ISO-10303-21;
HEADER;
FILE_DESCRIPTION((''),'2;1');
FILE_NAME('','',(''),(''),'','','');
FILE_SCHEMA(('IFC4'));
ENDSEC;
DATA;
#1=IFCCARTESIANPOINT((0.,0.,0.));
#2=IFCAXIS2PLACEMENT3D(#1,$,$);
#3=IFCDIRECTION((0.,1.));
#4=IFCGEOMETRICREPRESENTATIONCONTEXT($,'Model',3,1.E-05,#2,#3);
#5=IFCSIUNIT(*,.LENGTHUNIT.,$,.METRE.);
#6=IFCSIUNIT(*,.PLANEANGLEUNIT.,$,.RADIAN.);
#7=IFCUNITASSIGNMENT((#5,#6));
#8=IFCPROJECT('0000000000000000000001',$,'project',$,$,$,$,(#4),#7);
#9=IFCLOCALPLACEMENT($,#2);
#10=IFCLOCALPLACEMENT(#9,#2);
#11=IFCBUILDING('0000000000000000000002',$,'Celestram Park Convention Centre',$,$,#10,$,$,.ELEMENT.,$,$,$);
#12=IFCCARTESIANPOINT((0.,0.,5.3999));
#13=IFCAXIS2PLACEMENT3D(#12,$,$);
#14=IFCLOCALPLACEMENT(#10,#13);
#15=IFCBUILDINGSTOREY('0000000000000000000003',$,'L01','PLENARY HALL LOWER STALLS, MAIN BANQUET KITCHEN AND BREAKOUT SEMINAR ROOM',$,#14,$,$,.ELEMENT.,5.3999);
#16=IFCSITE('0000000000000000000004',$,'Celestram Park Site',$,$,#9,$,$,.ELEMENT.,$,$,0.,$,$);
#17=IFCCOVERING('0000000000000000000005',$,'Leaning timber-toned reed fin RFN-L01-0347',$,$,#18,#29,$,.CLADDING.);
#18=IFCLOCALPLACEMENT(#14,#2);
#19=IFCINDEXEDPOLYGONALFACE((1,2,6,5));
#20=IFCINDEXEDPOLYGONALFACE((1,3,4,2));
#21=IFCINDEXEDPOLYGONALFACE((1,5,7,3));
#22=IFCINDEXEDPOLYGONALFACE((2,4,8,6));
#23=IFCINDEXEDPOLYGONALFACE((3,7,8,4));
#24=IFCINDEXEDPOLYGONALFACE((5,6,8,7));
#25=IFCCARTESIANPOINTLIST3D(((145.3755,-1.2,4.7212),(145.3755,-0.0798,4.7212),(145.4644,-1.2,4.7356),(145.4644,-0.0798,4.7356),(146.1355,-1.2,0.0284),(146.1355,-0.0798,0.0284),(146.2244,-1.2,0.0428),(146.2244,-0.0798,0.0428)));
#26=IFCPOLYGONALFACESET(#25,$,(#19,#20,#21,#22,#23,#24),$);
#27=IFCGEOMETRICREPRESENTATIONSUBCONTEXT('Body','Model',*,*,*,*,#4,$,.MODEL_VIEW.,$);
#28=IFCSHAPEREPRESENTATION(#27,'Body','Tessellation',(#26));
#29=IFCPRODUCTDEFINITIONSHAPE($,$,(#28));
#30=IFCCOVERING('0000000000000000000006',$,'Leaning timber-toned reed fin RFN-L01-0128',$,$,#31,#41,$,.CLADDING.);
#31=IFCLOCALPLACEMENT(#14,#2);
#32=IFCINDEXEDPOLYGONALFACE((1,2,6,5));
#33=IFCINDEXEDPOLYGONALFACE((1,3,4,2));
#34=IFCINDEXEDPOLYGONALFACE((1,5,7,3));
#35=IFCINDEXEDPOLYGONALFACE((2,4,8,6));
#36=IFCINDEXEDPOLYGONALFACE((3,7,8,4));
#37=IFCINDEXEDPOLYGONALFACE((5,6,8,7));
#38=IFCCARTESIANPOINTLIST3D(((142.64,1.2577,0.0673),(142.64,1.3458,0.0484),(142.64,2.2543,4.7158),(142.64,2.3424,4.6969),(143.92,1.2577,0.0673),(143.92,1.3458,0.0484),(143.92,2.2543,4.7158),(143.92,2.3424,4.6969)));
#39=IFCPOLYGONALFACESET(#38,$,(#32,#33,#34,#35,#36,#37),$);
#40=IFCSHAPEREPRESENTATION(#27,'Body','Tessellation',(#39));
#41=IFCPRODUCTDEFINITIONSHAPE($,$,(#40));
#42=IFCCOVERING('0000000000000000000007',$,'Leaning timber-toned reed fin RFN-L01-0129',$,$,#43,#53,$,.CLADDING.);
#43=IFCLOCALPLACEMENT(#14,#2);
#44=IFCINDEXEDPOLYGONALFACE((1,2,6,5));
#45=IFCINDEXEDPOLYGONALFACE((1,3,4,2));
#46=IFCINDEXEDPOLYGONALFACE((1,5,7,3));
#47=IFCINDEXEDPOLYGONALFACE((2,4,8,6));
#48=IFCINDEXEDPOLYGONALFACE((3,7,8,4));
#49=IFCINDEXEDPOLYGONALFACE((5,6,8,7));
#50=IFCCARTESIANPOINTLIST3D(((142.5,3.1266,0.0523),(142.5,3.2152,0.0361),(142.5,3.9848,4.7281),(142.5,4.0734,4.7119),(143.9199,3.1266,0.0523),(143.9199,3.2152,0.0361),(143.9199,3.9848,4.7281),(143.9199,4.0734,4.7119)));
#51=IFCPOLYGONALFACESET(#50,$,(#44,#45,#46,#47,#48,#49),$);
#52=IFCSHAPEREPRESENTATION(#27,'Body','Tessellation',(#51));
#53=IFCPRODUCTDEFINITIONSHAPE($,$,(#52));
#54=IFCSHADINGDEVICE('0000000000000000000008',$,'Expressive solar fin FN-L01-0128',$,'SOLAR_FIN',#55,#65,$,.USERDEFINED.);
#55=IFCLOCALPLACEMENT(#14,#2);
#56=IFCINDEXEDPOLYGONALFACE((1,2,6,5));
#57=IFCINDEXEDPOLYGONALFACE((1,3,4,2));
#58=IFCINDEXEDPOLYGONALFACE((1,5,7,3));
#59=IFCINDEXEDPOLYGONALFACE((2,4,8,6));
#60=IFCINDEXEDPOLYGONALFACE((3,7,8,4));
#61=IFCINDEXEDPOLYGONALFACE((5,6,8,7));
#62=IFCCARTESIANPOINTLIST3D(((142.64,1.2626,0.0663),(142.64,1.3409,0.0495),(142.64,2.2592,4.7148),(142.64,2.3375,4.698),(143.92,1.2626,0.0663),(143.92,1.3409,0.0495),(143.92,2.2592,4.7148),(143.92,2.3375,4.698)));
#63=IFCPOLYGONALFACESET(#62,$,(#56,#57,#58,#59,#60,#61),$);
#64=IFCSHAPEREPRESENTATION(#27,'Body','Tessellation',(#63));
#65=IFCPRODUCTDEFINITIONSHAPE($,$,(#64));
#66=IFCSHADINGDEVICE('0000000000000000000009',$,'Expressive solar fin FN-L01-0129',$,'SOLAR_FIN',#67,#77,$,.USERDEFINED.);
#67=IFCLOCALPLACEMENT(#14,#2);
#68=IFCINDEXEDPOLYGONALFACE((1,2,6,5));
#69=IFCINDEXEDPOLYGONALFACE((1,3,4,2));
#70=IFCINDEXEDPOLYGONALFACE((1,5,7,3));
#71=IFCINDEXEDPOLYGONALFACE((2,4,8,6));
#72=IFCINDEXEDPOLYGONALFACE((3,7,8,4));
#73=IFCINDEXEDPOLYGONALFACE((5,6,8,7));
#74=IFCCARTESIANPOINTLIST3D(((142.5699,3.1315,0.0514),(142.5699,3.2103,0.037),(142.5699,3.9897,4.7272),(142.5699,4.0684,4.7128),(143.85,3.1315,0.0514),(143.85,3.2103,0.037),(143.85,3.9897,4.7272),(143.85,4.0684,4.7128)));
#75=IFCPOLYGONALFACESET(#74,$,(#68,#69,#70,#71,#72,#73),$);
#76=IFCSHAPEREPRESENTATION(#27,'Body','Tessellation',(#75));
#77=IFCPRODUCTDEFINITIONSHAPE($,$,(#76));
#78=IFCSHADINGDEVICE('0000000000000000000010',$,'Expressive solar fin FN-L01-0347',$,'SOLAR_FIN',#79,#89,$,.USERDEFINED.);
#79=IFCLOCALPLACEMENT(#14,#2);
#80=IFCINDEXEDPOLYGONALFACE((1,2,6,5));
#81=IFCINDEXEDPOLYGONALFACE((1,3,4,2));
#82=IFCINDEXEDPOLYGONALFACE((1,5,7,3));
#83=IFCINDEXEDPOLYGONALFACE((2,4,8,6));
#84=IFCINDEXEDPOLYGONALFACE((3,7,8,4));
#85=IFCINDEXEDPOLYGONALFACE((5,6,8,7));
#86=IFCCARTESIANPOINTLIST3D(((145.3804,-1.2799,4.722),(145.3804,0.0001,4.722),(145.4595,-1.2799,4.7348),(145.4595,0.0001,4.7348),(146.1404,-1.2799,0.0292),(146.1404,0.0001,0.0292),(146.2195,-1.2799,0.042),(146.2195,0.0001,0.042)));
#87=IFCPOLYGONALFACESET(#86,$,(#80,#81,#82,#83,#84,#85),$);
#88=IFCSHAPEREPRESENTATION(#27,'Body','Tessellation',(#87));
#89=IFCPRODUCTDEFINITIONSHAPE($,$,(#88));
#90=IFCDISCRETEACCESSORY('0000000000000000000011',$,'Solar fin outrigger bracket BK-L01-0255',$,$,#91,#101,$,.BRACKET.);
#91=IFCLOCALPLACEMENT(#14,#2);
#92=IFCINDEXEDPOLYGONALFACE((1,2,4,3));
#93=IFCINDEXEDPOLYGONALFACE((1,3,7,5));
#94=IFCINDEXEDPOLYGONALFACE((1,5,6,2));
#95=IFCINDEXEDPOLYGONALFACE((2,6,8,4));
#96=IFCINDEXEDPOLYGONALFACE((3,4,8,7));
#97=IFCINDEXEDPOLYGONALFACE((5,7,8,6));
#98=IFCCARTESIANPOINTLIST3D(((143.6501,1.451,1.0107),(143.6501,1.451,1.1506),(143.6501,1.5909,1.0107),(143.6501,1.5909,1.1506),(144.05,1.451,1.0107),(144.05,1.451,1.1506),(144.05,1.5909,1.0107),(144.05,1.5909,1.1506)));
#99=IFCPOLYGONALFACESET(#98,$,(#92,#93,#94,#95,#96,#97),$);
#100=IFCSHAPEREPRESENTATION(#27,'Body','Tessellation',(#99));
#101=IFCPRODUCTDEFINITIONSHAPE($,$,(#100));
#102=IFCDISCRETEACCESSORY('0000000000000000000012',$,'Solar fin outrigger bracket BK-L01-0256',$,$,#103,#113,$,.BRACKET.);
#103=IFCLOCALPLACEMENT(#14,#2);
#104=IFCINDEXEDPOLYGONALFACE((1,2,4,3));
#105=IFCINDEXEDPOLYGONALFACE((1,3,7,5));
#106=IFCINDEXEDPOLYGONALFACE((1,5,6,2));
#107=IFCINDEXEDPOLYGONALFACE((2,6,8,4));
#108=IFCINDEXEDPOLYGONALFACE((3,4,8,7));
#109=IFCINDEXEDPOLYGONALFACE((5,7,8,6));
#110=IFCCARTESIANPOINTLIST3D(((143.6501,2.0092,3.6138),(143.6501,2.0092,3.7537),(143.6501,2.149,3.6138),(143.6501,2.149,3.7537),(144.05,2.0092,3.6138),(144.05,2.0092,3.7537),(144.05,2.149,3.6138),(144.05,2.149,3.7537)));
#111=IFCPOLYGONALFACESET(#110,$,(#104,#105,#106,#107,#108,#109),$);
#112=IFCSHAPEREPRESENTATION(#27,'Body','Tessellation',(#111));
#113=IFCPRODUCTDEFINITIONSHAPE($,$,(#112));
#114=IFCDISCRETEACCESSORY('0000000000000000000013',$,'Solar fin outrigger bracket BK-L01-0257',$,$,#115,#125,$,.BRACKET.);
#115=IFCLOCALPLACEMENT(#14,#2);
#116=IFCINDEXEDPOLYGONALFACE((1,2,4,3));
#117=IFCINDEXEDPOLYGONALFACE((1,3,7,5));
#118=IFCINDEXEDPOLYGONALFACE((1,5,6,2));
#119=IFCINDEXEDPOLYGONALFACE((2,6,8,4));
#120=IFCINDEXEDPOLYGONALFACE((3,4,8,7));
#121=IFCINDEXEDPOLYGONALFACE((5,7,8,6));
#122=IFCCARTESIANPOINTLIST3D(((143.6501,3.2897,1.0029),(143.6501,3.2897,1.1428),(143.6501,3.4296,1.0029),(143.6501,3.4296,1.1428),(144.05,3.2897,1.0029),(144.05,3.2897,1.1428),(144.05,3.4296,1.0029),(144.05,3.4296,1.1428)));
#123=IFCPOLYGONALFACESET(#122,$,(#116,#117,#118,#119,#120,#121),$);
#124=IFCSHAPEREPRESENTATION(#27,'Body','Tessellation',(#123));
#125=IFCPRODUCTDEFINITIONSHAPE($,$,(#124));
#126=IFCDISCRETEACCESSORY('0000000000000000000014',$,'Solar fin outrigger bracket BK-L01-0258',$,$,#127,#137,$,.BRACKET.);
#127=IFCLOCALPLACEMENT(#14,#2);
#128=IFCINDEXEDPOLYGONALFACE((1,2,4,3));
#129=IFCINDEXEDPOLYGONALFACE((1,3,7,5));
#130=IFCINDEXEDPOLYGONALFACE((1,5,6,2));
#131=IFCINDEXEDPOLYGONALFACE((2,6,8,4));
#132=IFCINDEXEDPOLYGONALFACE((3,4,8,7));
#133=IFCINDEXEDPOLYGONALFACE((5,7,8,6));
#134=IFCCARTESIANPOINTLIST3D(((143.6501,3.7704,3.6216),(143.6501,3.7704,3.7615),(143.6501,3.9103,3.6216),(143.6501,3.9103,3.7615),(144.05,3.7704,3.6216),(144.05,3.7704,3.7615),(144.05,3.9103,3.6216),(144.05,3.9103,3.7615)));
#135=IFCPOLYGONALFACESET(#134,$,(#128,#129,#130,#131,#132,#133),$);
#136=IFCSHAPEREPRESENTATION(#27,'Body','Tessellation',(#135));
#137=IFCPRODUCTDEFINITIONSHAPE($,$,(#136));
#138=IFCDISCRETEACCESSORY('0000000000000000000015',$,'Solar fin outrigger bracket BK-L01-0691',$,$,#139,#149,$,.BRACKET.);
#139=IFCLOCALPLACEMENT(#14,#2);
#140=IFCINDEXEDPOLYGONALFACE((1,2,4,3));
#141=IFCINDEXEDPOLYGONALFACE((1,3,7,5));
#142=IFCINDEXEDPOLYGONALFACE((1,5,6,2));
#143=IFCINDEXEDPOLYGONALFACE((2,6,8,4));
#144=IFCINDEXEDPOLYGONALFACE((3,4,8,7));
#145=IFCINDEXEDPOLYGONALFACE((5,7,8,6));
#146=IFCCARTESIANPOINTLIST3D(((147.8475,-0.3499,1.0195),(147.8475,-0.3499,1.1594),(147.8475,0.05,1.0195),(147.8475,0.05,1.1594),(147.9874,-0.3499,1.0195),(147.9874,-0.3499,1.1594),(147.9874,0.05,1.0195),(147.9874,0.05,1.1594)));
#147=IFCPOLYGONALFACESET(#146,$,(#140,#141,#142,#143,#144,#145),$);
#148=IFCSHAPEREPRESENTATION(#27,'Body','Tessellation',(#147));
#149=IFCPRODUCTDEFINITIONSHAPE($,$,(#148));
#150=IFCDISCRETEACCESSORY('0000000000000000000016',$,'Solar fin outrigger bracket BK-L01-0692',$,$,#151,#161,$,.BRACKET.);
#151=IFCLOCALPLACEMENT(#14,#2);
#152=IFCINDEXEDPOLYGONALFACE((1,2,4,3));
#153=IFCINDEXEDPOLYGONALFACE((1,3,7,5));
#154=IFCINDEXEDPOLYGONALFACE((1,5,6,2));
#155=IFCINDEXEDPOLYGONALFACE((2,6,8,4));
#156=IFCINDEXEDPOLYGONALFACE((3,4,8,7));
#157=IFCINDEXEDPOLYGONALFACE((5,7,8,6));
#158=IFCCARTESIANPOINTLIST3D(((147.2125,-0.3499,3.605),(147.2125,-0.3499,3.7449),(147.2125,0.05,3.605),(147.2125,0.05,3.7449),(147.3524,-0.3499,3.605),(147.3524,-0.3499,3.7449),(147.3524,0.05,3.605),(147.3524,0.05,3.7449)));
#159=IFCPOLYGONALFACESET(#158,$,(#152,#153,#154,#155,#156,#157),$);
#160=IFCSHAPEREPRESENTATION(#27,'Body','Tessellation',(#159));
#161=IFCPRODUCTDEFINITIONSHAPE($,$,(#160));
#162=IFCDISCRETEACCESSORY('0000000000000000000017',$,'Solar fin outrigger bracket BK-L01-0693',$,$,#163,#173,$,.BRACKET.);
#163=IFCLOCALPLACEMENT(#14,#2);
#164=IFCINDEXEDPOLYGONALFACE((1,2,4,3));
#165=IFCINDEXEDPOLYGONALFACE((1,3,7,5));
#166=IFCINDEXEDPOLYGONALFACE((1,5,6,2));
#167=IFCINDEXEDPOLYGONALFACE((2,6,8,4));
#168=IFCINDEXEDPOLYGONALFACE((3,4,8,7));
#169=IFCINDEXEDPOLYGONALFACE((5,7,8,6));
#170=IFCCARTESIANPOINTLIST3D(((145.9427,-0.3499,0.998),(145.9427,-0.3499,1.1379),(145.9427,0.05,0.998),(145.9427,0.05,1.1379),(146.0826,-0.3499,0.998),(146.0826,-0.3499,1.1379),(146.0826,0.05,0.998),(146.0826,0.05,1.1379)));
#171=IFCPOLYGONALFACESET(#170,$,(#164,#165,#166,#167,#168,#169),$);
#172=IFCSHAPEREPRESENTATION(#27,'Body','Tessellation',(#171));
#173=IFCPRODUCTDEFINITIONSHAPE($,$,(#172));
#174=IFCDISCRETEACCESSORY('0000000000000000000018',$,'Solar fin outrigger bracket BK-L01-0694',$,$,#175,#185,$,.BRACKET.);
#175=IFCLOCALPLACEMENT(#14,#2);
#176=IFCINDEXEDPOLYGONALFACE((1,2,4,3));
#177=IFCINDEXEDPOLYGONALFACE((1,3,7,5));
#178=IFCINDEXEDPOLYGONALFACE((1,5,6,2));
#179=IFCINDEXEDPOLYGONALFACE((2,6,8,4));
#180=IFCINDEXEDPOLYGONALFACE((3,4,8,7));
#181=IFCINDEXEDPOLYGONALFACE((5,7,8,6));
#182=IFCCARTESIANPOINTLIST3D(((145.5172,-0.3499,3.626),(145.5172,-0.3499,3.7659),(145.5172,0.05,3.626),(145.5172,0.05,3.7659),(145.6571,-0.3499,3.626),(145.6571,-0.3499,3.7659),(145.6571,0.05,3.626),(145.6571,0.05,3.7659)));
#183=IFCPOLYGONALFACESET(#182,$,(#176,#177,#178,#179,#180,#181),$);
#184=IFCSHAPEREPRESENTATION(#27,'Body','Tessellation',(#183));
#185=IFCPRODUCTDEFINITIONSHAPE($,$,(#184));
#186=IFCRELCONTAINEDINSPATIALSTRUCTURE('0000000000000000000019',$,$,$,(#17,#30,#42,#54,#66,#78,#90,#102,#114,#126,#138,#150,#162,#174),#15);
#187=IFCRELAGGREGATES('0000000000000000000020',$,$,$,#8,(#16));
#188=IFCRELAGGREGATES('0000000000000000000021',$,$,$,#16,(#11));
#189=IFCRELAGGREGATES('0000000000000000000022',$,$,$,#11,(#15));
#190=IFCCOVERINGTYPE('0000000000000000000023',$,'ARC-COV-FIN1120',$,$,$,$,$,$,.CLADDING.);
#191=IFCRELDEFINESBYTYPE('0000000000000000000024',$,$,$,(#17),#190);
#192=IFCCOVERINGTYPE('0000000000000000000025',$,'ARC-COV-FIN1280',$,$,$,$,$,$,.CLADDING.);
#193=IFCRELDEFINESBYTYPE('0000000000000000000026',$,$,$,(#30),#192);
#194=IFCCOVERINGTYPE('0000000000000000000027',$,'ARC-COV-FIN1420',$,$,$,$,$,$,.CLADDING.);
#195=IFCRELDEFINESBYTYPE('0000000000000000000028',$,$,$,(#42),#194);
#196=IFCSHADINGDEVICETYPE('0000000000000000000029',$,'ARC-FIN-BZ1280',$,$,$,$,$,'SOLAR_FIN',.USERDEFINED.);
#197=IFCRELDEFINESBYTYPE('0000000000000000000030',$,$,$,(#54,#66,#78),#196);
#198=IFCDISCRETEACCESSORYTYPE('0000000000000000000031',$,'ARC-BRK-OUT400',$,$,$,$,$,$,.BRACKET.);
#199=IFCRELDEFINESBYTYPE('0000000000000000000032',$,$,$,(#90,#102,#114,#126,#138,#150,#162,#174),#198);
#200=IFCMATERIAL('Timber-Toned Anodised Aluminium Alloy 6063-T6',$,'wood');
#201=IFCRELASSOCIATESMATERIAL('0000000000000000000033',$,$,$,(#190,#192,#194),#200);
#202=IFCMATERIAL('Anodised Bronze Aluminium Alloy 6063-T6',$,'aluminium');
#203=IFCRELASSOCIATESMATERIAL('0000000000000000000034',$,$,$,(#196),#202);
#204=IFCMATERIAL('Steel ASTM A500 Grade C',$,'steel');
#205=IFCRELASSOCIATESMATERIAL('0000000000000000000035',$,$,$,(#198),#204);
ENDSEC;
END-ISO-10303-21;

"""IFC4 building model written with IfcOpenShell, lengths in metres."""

from ifc_helpers import new_model, si_unit, direction, frame, origin, origin_2d, place, context, subcontext, project, spatial, rectangle, extrude, material, material_profile, profile_set, type_object, element, save


model = new_model("IFC4")

# Units and contexts
model_context = context("Model", 3, precision=1e-05, world=origin(), true_north=direction((0.0, 1.0)))
body_context = subcontext(model_context, "Body", "Model", "MODEL_VIEW")
ifc_project = project(units=[si_unit("LENGTHUNIT", "METRE"), si_unit("PLANEANGLEUNIT", "RADIAN")], contexts=[model_context])

# Site, building, storey
site_placement = place(None, origin())
site = spatial("IfcSite", under=ifc_project, at=site_placement, Name="Celestram Park Site", CompositionType="ELEMENT", RefElevation=0.0)
building_placement = place(site_placement, origin())
building = spatial("IfcBuilding", under=site, at=building_placement, Name="Celestram Park Convention Centre", CompositionType="ELEMENT")
storey_placement = place(building_placement, frame((0.0, 0.0, 5.3999)))
storey = spatial("IfcBuildingStorey", under=building, at=storey_placement, Name="L01", Description="PLENARY HALL LOWER STALLS, MAIN BANQUET KITCHEN AND BREAKOUT SEMINAR ROOM", CompositionType="ELEMENT", Elevation=5.3999)

# Shared definitions
ifc_material_1 = material(Name="Steel ASTM A500 Grade C", Category="steel")

# Coverings
ifc_material_2 = material(Name="Timber-Toned Anodised Aluminium Alloy 6063-T6", Category="wood")
ifc_material_profile_1 = material_profile(ifc_material_2, rectangle(XDim=1.1201, YDim=0.0901, at=origin_2d()), Name="REED1120X90")
ifc_profile_set_1 = profile_set([ifc_material_profile_1], Name="Timber-Toned Anodised Aluminium Alloy 6063-T6")
covering_type_1 = type_object("IfcCoveringType", Name="ARC-COV-FIN1120", PredefinedType="CLADDING", material=ifc_profile_set_1)
covering_1_placement = place(storey_placement, frame((146.1799, -0.6399, 0.0356), z_axis=(-0.159867, 0.0, 0.987139), x_axis=(0.0, -1.0, 0.0)))
element("IfcCovering", 1, at=covering_1_placement, inside=storey, type_object=covering_type_1, Name="Leaning timber-toned reed fin RFN-L01-0347", PredefinedType="CLADDING", context=body_context, shape_type="SweptSolid", body=[
    extrude(rectangle(XDim=1.1201, YDim=0.0901, at=origin_2d()), origin(), (0.0, 0.0, 1.0), 4.7539),
])
ifc_material_profile_2 = material_profile(ifc_material_2, rectangle(XDim=1.28, YDim=0.0901, at=origin_2d()), Name="REED1280X90")
ifc_profile_set_2 = profile_set([ifc_material_profile_2], Name="Timber-Toned Anodised Aluminium Alloy 6063-T6")
covering_type_2 = type_object("IfcCoveringType", Name="ARC-COV-FIN1280", PredefinedType="CLADDING", material=ifc_profile_set_2)
covering_2_placement = place(storey_placement, frame((143.28, 1.3018, 0.0579), z_axis=(0.0, 0.209627, 0.977781), x_axis=(-1.0, 0.0, 0.0)))
element("IfcCovering", 2, at=covering_2_placement, inside=storey, type_object=covering_type_2, Name="Leaning timber-toned reed fin RFN-L01-0128", PredefinedType="CLADDING", context=body_context, shape_type="SweptSolid", body=[
    extrude(rectangle(XDim=1.28, YDim=0.0901, at=origin_2d()), origin(), (0.0, 0.0, 1.0), 4.7542),
])
ifc_material_profile_3 = material_profile(ifc_material_2, rectangle(XDim=1.4199, YDim=0.0901, at=origin_2d()), Name="REED1420X90")
ifc_profile_set_3 = profile_set([ifc_material_profile_3], Name="Timber-Toned Anodised Aluminium Alloy 6063-T6")
covering_type_3 = type_object("IfcCoveringType", Name="ARC-COV-FIN1420", PredefinedType="CLADDING", material=ifc_profile_set_3)
covering_3_placement = place(storey_placement, frame((143.21, 3.1709, 0.0442), z_axis=(0.0, 0.180517, 0.983572), x_axis=(-1.0, 0.0, 0.0)))
element("IfcCovering", 3, at=covering_3_placement, inside=storey, type_object=covering_type_3, Name="Leaning timber-toned reed fin RFN-L01-0129", PredefinedType="CLADDING", context=body_context, shape_type="SweptSolid", body=[
    extrude(rectangle(XDim=1.4199, YDim=0.0901, at=origin_2d()), origin(), (0.0, 0.0, 1.0), 4.7539),
])

# Shading devices
ifc_material_3 = material(Name="Anodised Bronze Aluminium Alloy 6063-T6", Category="aluminium")
ifc_material_profile_4 = material_profile(ifc_material_3, rectangle(XDim=1.28, YDim=0.0801, at=origin_2d()), Name="FIN1280X80")
ifc_profile_set_4 = profile_set([ifc_material_profile_4], Name="Anodised Bronze Aluminium Alloy 6063-T6")
shading_device_type = type_object("IfcShadingDeviceType", Name="ARC-FIN-BZ1280", ElementType="SOLAR_FIN", PredefinedType="USERDEFINED", material=ifc_profile_set_4)
shading_device_placement = place(storey_placement, frame((143.28, 1.3018, 0.0579), z_axis=(0.0, 0.209627, 0.977781), x_axis=(-1.0, 0.0, 0.0)))
element("IfcShadingDevice", 4, at=shading_device_placement, inside=storey, type_object=shading_device_type, Name="Expressive solar fin FN-L01-0128", ObjectType="SOLAR_FIN", PredefinedType="USERDEFINED", context=body_context, shape_type="SweptSolid", body=[
    extrude(rectangle(XDim=1.28, YDim=0.0801, at=origin_2d()), origin(), (0.0, 0.0, 1.0), 4.7542),
])
for number, where, z_axis, x_axis, name in (
    (5, (143.21, 3.1709, 0.0442), (0.0, 0.180517, 0.983572), (-1.0, 0.0, 0.0), "Expressive solar fin FN-L01-0129"),
    (6, (146.1799, -0.6399, 0.0356), (-0.159867, 0.0, 0.987139), (0.0, -1.0, 0.0), "Expressive solar fin FN-L01-0347"),
):
    element("IfcShadingDevice", number, at=place(storey_placement, frame(where, z_axis=z_axis, x_axis=x_axis)), inside=storey, type_object=shading_device_type, Name=name, ObjectType="SOLAR_FIN", PredefinedType="USERDEFINED", context=body_context, shape_type="SweptSolid", body=[
        extrude(rectangle(XDim=1.28, YDim=0.0801, at=origin_2d()), origin(), (0.0, 0.0, 1.0), 4.7539),
    ])

# Discrete accessories
discrete_accessory_type = type_object("IfcDiscreteAccessoryType", Name="ARC-BRK-OUT400", PredefinedType="BRACKET", material=ifc_material_1)
for number, where, z_axis, x_axis, name in (
    (7, (143.8501, 1.521, 1.0107), (0.0, 0.0, 1.0), (-1.0, 0.0, 0.0), "Solar fin outrigger bracket BK-L01-0255"),
    (8, (143.8501, 2.0791, 3.6138), (0.0, 0.0, 1.0), (-1.0, 0.0, 0.0), "Solar fin outrigger bracket BK-L01-0256"),
    (9, (143.8501, 3.3596, 1.0029), (0.0, 0.0, 1.0), (-1.0, 0.0, 0.0), "Solar fin outrigger bracket BK-L01-0257"),
    (10, (143.8501, 3.8403, 3.6216), (0.0, 0.0, 1.0), (-1.0, 0.0, 0.0), "Solar fin outrigger bracket BK-L01-0258"),
    (11, (147.9175, -0.1499, 1.0195), (0.0, 0.0, 1.0), (0.0, -1.0, 0.0), "Solar fin outrigger bracket BK-L01-0691"),
    (12, (147.2825, -0.1499, 3.605), (0.0, 0.0, 1.0), (0.0, -1.0, 0.0), "Solar fin outrigger bracket BK-L01-0692"),
    (13, (146.0127, -0.1499, 0.998), (0.0, 0.0, 1.0), (0.0, -1.0, 0.0), "Solar fin outrigger bracket BK-L01-0693"),
    (14, (145.5872, -0.1499, 3.626), (0.0, 0.0, 1.0), (0.0, -1.0, 0.0), "Solar fin outrigger bracket BK-L01-0694"),
):
    element("IfcDiscreteAccessory", number, at=place(storey_placement, frame(where, z_axis=z_axis, x_axis=x_axis)), inside=storey, type_object=discrete_accessory_type, Name=name, PredefinedType="BRACKET", context=body_context, shape_type="SweptSolid", body=[
        extrude(rectangle(XDim=0.3999, YDim=0.1399, at=origin_2d()), origin(), (0.0, 0.0, 1.0), 0.1399),
    ])

save(model, "model.ifc")
